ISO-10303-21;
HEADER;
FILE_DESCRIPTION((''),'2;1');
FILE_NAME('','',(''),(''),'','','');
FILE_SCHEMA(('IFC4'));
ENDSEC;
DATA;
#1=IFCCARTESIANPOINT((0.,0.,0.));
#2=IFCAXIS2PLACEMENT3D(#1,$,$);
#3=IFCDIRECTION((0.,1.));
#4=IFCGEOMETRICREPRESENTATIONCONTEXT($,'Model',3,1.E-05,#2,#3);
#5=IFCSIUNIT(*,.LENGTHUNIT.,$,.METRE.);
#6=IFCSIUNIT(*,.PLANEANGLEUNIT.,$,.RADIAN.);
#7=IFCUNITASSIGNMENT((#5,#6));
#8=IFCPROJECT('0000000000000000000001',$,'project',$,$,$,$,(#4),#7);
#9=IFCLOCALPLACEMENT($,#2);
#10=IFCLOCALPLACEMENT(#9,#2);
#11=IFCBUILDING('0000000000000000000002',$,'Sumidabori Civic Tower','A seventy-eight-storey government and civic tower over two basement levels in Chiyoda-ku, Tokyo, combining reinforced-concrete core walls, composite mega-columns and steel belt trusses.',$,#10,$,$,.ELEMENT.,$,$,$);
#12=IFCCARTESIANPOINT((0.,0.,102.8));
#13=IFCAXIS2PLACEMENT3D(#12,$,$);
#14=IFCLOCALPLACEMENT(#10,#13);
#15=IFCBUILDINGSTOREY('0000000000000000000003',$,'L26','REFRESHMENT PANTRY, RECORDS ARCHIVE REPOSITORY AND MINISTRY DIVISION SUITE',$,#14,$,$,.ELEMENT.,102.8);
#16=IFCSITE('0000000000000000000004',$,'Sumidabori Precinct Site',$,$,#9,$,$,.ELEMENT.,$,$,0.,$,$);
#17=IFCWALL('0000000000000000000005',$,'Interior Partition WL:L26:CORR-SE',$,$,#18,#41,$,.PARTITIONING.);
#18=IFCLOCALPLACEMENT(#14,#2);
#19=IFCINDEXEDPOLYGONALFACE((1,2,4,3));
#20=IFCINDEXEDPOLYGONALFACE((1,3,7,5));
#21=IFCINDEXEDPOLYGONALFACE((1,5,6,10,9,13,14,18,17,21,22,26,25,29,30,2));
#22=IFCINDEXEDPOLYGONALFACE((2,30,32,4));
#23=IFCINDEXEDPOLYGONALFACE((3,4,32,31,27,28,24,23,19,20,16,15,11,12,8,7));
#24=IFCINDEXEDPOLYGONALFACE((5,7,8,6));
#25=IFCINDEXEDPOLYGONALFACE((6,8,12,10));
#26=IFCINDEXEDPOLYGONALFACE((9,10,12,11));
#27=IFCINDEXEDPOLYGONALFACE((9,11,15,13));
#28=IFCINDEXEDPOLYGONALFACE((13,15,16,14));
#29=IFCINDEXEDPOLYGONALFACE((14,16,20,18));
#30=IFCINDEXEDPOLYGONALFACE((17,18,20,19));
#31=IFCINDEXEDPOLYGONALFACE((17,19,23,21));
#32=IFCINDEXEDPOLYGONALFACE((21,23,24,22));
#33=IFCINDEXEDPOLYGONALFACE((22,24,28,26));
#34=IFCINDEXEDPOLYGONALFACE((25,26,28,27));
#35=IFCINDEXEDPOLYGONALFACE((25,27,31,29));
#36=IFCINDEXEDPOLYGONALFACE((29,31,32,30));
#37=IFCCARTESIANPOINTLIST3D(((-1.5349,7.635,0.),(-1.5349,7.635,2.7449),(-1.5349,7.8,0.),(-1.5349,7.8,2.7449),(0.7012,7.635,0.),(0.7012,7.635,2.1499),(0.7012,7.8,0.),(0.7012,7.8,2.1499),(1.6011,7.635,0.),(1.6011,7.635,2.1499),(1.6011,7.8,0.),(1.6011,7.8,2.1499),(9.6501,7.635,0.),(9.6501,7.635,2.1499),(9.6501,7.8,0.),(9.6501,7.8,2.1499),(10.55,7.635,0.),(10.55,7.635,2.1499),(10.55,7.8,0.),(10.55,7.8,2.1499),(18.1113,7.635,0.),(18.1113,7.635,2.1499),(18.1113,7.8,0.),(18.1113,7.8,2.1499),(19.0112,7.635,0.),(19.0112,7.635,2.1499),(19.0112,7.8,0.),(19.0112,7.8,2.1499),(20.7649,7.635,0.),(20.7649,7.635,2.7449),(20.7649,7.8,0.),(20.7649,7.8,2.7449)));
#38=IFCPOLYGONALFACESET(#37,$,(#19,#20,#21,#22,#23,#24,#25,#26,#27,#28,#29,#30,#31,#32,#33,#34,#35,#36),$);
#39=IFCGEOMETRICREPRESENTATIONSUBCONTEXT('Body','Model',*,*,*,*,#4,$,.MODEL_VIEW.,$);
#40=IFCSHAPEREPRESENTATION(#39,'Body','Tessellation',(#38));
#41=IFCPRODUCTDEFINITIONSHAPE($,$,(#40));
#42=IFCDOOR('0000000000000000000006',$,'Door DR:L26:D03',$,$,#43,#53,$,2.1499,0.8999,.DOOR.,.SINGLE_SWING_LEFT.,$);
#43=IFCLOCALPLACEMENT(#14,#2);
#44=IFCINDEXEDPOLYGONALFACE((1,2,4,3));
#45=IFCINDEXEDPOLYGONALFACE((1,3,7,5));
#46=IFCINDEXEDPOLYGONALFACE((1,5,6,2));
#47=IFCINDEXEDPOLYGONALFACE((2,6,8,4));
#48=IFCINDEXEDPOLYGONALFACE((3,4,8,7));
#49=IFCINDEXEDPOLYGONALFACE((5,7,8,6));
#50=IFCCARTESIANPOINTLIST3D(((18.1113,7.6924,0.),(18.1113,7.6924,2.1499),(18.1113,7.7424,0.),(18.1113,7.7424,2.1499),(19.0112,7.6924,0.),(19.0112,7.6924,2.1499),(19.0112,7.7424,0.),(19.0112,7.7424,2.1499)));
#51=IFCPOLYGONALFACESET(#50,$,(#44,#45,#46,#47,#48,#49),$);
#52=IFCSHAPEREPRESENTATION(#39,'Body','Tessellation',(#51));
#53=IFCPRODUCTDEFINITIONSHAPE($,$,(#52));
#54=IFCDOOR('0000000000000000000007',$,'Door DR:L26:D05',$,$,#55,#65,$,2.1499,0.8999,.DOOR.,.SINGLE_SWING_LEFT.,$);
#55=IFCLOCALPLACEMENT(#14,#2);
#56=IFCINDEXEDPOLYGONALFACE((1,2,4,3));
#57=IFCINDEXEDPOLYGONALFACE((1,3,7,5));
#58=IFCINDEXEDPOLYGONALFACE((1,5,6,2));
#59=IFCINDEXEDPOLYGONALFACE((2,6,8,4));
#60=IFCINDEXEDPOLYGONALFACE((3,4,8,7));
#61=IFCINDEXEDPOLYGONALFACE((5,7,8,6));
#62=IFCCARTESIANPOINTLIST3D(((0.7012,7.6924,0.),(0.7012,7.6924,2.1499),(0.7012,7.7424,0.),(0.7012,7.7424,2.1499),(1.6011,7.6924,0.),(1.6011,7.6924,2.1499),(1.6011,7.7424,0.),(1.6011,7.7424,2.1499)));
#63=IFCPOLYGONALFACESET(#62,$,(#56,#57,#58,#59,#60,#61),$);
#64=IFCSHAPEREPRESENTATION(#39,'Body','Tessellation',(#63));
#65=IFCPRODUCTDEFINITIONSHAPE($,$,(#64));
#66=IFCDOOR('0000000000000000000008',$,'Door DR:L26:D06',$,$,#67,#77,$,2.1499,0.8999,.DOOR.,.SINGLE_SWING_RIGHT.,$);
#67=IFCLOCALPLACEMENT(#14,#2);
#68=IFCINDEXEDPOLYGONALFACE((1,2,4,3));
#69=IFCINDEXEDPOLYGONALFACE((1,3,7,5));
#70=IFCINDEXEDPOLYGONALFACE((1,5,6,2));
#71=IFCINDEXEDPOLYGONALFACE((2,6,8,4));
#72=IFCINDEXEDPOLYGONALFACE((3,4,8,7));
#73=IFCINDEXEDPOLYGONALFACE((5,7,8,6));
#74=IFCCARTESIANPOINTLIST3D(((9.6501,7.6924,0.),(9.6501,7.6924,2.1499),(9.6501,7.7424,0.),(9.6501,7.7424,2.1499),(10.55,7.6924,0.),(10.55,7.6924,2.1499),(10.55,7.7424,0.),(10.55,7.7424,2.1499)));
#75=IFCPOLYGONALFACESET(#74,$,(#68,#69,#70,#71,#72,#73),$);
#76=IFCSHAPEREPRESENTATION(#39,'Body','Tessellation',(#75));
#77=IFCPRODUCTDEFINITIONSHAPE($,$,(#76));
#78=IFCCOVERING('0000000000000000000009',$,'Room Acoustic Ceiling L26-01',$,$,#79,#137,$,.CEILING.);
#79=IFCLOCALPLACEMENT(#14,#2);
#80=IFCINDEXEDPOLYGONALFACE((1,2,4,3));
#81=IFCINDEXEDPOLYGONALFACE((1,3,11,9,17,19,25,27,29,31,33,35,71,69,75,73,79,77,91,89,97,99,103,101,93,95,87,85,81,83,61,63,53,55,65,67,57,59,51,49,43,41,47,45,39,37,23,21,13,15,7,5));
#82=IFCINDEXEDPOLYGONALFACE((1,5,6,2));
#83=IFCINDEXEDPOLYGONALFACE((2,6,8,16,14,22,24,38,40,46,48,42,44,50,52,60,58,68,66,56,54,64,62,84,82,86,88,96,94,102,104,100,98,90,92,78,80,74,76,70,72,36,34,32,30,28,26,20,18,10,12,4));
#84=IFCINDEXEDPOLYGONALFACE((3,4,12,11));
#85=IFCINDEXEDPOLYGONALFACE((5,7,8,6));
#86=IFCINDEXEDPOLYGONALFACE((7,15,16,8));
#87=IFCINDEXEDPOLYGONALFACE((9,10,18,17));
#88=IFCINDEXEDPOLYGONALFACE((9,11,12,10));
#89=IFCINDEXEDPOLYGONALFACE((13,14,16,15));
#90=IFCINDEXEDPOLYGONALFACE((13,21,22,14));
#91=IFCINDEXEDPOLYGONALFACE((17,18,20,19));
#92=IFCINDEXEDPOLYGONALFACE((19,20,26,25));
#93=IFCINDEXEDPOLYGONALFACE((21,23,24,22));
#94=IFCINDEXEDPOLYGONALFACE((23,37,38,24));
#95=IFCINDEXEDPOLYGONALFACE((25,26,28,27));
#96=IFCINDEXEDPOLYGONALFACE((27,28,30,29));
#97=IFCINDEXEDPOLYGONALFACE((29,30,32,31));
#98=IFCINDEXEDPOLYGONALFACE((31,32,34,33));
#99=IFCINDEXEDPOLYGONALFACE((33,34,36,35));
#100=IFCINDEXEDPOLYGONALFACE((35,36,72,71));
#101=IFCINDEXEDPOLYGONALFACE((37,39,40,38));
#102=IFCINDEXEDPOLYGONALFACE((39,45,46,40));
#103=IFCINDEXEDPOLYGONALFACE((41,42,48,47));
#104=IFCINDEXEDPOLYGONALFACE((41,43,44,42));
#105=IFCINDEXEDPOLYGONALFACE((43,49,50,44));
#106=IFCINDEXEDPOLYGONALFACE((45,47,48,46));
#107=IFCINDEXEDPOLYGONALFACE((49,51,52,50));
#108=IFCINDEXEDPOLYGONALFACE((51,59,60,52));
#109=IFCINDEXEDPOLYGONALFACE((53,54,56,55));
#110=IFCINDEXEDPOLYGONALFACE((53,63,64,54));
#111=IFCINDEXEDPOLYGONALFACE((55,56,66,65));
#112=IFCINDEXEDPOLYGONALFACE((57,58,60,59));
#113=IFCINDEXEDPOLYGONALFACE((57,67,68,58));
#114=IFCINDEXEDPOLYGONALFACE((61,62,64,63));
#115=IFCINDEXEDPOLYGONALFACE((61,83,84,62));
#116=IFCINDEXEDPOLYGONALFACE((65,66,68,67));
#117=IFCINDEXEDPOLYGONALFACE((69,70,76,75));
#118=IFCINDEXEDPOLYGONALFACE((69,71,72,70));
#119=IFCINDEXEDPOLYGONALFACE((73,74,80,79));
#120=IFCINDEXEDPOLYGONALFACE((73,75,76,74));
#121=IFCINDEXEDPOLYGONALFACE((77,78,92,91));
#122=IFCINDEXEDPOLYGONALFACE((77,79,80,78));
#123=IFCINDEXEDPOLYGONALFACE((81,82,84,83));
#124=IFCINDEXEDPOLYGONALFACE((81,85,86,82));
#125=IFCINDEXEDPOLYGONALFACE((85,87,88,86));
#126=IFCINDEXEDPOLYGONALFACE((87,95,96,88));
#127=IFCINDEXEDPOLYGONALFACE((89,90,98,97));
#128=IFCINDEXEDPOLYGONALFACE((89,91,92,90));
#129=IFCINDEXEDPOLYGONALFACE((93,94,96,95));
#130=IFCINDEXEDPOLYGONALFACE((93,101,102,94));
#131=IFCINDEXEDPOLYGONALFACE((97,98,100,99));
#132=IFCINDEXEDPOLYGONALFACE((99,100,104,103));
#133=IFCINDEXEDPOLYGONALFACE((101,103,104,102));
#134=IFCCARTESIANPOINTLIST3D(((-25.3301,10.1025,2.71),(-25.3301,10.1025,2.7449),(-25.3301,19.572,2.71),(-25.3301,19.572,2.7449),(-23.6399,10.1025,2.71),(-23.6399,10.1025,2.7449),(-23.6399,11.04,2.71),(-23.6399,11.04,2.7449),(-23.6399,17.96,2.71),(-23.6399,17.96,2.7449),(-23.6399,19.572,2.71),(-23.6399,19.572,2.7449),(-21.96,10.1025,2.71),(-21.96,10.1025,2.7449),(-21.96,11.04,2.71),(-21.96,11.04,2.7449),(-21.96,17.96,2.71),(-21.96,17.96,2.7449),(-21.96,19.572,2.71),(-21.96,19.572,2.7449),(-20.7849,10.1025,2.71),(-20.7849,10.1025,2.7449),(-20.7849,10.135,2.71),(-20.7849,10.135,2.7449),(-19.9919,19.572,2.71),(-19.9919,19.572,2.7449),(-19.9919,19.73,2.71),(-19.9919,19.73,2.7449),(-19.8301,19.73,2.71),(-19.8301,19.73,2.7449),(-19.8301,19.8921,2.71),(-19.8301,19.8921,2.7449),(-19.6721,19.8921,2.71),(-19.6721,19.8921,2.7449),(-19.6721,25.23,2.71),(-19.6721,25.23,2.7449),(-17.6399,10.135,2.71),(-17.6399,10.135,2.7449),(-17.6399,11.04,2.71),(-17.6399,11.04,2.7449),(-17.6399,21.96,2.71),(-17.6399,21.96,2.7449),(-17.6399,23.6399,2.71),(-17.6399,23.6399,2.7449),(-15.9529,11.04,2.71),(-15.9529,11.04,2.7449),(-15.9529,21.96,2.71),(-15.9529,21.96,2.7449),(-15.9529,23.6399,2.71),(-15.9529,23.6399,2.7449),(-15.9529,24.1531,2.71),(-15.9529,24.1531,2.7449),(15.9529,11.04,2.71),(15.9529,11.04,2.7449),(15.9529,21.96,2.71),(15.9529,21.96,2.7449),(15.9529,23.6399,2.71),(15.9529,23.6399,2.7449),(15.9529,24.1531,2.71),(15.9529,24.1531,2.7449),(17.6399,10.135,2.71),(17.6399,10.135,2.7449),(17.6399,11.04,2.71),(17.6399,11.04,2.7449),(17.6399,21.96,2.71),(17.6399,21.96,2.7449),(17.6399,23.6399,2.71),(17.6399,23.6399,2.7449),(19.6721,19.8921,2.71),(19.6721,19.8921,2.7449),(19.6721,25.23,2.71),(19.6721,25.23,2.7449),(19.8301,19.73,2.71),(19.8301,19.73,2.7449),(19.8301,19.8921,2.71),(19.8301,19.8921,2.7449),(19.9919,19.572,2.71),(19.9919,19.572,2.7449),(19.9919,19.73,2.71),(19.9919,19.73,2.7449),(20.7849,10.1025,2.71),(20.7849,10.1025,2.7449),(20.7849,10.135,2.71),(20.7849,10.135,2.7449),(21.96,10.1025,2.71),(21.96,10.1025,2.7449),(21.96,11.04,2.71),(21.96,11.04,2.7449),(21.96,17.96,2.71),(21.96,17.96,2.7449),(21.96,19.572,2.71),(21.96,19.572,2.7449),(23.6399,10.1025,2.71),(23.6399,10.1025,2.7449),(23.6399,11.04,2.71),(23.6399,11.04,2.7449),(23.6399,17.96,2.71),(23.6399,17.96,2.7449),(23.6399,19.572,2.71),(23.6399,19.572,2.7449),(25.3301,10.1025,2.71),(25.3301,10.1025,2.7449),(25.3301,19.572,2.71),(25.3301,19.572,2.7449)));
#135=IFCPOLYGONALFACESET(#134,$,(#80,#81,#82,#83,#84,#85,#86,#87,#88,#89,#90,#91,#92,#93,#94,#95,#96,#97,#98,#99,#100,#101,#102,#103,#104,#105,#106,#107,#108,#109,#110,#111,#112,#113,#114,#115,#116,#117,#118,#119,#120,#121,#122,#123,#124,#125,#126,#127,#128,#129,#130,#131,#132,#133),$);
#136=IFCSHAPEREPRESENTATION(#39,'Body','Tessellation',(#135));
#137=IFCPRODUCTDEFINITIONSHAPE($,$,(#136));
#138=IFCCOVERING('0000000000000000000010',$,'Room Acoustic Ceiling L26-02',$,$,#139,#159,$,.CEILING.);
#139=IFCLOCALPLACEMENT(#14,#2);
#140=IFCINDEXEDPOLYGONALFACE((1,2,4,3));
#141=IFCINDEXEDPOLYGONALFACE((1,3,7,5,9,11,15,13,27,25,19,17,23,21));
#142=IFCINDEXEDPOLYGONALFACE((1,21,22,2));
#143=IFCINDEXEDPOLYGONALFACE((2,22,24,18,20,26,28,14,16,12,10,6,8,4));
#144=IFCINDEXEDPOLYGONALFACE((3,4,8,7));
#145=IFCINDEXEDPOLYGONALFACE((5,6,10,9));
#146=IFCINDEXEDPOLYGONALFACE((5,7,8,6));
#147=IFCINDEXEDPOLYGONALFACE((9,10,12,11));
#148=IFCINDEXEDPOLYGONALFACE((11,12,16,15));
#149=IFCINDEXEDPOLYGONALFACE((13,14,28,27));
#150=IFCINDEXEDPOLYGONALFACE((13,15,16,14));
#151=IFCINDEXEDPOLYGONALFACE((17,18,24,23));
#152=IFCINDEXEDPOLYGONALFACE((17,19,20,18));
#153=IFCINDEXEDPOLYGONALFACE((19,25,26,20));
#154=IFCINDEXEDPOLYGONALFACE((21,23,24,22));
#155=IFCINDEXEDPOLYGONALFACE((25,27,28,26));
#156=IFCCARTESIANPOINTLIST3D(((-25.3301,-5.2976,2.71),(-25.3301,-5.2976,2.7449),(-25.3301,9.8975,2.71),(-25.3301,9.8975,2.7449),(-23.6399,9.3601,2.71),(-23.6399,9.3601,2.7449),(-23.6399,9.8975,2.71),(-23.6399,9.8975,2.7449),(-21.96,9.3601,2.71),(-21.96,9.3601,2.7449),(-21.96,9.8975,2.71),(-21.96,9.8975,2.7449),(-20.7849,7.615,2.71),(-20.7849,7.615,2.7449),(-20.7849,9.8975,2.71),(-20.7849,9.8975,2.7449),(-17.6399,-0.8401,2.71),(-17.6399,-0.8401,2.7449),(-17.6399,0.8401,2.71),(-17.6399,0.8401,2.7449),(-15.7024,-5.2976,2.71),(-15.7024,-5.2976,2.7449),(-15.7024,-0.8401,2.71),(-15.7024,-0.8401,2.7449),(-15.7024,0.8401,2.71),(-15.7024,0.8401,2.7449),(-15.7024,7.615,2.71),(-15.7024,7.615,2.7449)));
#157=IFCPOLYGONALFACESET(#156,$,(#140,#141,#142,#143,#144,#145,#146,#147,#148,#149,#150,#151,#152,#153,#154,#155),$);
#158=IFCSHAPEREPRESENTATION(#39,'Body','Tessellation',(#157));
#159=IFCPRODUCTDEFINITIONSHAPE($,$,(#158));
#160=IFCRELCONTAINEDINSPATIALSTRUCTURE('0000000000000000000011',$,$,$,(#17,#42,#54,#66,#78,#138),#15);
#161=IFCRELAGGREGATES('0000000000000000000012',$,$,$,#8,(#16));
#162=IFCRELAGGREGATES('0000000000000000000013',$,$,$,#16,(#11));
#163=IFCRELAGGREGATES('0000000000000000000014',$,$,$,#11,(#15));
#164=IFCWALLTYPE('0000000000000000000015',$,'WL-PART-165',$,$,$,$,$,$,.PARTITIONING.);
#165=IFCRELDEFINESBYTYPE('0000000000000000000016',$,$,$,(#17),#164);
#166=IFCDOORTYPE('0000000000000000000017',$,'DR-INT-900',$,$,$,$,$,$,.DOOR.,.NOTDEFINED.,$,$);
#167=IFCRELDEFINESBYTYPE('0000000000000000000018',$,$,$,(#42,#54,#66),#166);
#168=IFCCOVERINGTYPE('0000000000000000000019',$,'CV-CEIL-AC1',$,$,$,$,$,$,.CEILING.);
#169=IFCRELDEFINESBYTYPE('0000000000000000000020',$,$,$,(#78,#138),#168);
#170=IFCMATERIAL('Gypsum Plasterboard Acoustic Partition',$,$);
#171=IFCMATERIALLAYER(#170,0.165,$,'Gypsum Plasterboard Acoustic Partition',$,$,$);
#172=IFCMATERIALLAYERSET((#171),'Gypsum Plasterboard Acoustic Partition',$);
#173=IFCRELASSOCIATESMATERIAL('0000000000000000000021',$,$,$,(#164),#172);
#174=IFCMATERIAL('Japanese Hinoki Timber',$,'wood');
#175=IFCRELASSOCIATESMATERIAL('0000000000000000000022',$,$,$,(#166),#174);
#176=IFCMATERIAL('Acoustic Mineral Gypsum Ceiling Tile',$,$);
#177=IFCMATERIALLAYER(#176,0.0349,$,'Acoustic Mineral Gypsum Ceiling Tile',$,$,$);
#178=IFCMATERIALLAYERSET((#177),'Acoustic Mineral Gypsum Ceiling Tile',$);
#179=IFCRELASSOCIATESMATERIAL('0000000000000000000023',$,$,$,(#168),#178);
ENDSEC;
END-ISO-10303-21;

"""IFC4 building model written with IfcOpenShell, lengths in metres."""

from ifc_helpers import new_model, si_unit, direction, frame, frame_2d, origin, place, context, subcontext, project, spatial, polyline, rectangle, outline, extrude, source, transform, mapped, material, layer, layer_set, type_object, element, fill, save


model = new_model("IFC4")

# Units and contexts
model_context = context("Model", 3, precision=1e-05, world=origin(), true_north=direction((0.0, 1.0)))
body_context = subcontext(model_context, "Body", "Model", "MODEL_VIEW")
ifc_project = project(units=[si_unit("LENGTHUNIT", "METRE"), si_unit("PLANEANGLEUNIT", "RADIAN")], contexts=[model_context])

# Site, building, storey
site_placement = place(None, origin())
site = spatial("IfcSite", under=ifc_project, at=site_placement, Name="Sumidabori Precinct Site", CompositionType="ELEMENT", RefElevation=0.0)
building_placement = place(site_placement, origin())
building = spatial("IfcBuilding", under=site, at=building_placement, Name="Sumidabori Civic Tower", Description="A seventy-eight-storey government and civic tower over two basement levels in Chiyoda-ku, Tokyo, combining reinforced-concrete core walls, composite mega-columns and steel belt trusses.", CompositionType="ELEMENT")
storey_placement = place(building_placement, frame((0.0, 0.0, 102.8)))
storey = spatial("IfcBuildingStorey", under=building, at=storey_placement, Name="L26", Description="REFRESHMENT PANTRY, RECORDS ARCHIVE REPOSITORY AND MINISTRY DIVISION SUITE", CompositionType="ELEMENT", Elevation=102.8)

# Shared definitions
ifc_material_1 = material(Name="Japanese Hinoki Timber", Category="wood")

# Wall, openings, doors
ifc_material_2 = material(Name="Gypsum Plasterboard Acoustic Partition")
ifc_layer_1 = layer(ifc_material_2, 0.165, Name="Gypsum Plasterboard Acoustic Partition")
ifc_layer_set_1 = layer_set([ifc_layer_1], Name="Gypsum Plasterboard Acoustic Partition")
wall_type_1 = type_object("IfcWallType", Name="WL-PART-165", PredefinedType="PARTITIONING", material=ifc_layer_set_1)
shared_shape_1 = source(origin(), body_context, "Body", "SweptSolid", [
    extrude(rectangle(XDim=22.2998, YDim=0.165, at=frame_2d((11.1499, 0.0))), origin(), (0.0, 0.0, 1.0), 2.7449),
])
wall_1_placement = place(storey_placement, frame((-1.5349, 7.7175, 0.0), z_axis=(0.0, 0.0, 1.0), x_axis=(1.0, 0.0, 0.0)))
wall_1 = element("IfcWall", 1, at=wall_1_placement, inside=storey, type_object=wall_type_1, Name="Interior Partition WL:L26:CORR-SE", PredefinedType="PARTITIONING", context=body_context, shape_type="MappedRepresentation", body=[
    mapped(shared_shape_1, transform((0.0, 0.0, 0.0), x_axis=(1.0, 0.0, 0.0), y_axis=(0.0, 1.0, 0.0), z_axis=(0.0, 0.0, 1.0), scale=1.0)),
])
opening_1_placement = place(wall_1_placement, frame((19.6462, 0.0, 0.0)))
opening_1 = element("IfcOpeningElement", 2, at=opening_1_placement, cuts=wall_1, PredefinedType="OPENING", context=body_context, shape_type="SweptSolid", body=[
    extrude(rectangle(XDim=0.8999, YDim=2.1499, at=frame_2d((0.45, 1.075))), frame((0.0, 0.0945, 0.0), z_axis=(0.0, -1.0, 0.0), x_axis=(1.0, 0.0, 0.0)), (0.0, 0.0, 1.0), 0.189),
])
opening_2_placement = place(wall_1_placement, frame((2.2361, 0.0, 0.0)))
opening_2 = element("IfcOpeningElement", 3, at=opening_2_placement, cuts=wall_1, PredefinedType="OPENING", context=body_context, shape_type="SweptSolid", body=[
    extrude(rectangle(XDim=0.8999, YDim=2.1499, at=frame_2d((0.45, 1.075))), frame((0.0, 0.0945, 0.0), z_axis=(0.0, -1.0, 0.0), x_axis=(1.0, 0.0, 0.0)), (0.0, 0.0, 1.0), 0.189),
])
opening_3_placement = place(wall_1_placement, frame((11.1851, 0.0, 0.0)))
opening_3 = element("IfcOpeningElement", 4, at=opening_3_placement, cuts=wall_1, PredefinedType="OPENING", context=body_context, shape_type="SweptSolid", body=[
    extrude(rectangle(XDim=0.8999, YDim=2.1499, at=frame_2d((0.45, 1.075))), frame((0.0, 0.0945, 0.0), z_axis=(0.0, -1.0, 0.0), x_axis=(1.0, 0.0, 0.0)), (0.0, 0.0, 1.0), 0.189),
])
door_type_1 = type_object("IfcDoorType", Name="DR-INT-900", OperationType="NOTDEFINED", PredefinedType="DOOR", material=ifc_material_1)
shared_shape_2 = source(origin(), body_context, "Body", "SweptSolid", [
    extrude(rectangle(XDim=0.8999, YDim=2.1499, at=frame_2d((0.45, 1.075))), frame((0.0, 0.0249, 0.0), z_axis=(0.0, -1.0, 0.0), x_axis=(1.0, 0.0, 0.0)), (0.0, 0.0, 1.0), 0.05),
])
door_1_placement = place(opening_1_placement, origin())
door_1 = element("IfcDoor", 5, at=door_1_placement, inside=storey, type_object=door_type_1, Name="Door DR:L26:D03", OperationType="SINGLE_SWING_LEFT", OverallHeight=2.1499, OverallWidth=0.8999, PredefinedType="DOOR", context=body_context, shape_type="MappedRepresentation", body=[
    mapped(shared_shape_2, transform((0.0, 0.0, 0.0), x_axis=(1.0, 0.0, 0.0), y_axis=(0.0, 1.0, 0.0), z_axis=(0.0, 0.0, 1.0), scale=1.0)),
])
fill(opening_1, door_1)
door_2_placement = place(opening_2_placement, origin())
door_2 = element("IfcDoor", 6, at=door_2_placement, inside=storey, type_object=door_type_1, Name="Door DR:L26:D05", OperationType="SINGLE_SWING_LEFT", OverallHeight=2.1499, OverallWidth=0.8999, PredefinedType="DOOR", context=body_context, shape_type="MappedRepresentation", body=[
    mapped(shared_shape_2, transform((0.0, 0.0, 0.0), x_axis=(1.0, 0.0, 0.0), y_axis=(0.0, 1.0, 0.0), z_axis=(0.0, 0.0, 1.0), scale=1.0)),
])
fill(opening_2, door_2)
door_3_placement = place(opening_3_placement, origin())
door_3 = element("IfcDoor", 7, at=door_3_placement, inside=storey, type_object=door_type_1, Name="Door DR:L26:D06", OperationType="SINGLE_SWING_RIGHT", OverallHeight=2.1499, OverallWidth=0.8999, PredefinedType="DOOR", context=body_context, shape_type="MappedRepresentation", body=[
    mapped(shared_shape_2, transform((0.0, 0.0, 0.0), x_axis=(1.0, 0.0, 0.0), y_axis=(0.0, 1.0, 0.0), z_axis=(0.0, 0.0, 1.0), scale=1.0)),
])
fill(opening_3, door_3)

# Coverings
ifc_material_3 = material(Name="Acoustic Mineral Gypsum Ceiling Tile")
ifc_layer_2 = layer(ifc_material_3, 0.0349, Name="Acoustic Mineral Gypsum Ceiling Tile")
ifc_layer_set_2 = layer_set([ifc_layer_2], Name="Acoustic Mineral Gypsum Ceiling Tile")
covering_type_1 = type_object("IfcCoveringType", Name="CV-CEIL-AC1", PredefinedType="CEILING", material=ifc_layer_set_2)
covering_1_placement = place(storey_placement, frame((0.0, 0.0, 2.71)))
element("IfcCovering", 8, at=covering_1_placement, inside=storey, type_object=covering_type_1, Name="Room Acoustic Ceiling L26-01", PredefinedType="CEILING", context=body_context, shape_type="SweptSolid", body=[
    extrude(outline(polyline([(-21.96, 10.1025), (-21.96, 11.04), (-23.6399, 11.04), (-23.6399, 10.1025), (-25.3301, 10.1025), (-25.3301, 19.572), (-23.6399, 19.572), (-23.6399, 17.96), (-21.96, 17.96), (-21.96, 19.572), (-19.9919, 19.572), (-19.9919, 19.73), (-19.8301, 19.73), (-19.8301, 19.8921), (-19.6721, 19.8921), (-19.6721, 25.23), (19.6721, 25.23), (19.6721, 19.8921), (19.8301, 19.8921), (19.8301, 19.73), (19.9919, 19.73), (19.9919, 19.572), (21.96, 19.572), (21.96, 17.96), (23.6399, 17.96), (23.6399, 19.572), (25.3301, 19.572), (25.3301, 10.1025), (23.6399, 10.1025), (23.6399, 11.04), (21.96, 11.04), (21.96, 10.1025), (20.7849, 10.1025), (20.7849, 10.135), (17.6399, 10.135), (17.6399, 11.04), (15.9529, 11.04), (15.9529, 21.96), (17.6399, 21.96), (17.6399, 23.6399), (15.9529, 23.6399), (15.9529, 24.1531), (-15.9529, 24.1531), (-15.9529, 23.6399), (-17.6399, 23.6399), (-17.6399, 21.96), (-15.9529, 21.96), (-15.9529, 11.04), (-17.6399, 11.04), (-17.6399, 10.135), (-20.7849, 10.135), (-20.7849, 10.1025), (-21.96, 10.1025)])), origin(), (0.0, 0.0, 1.0), 0.0349),
])
covering_2_placement = place(storey_placement, frame((0.0, 0.0, 2.71)))
element("IfcCovering", 9, at=covering_2_placement, inside=storey, type_object=covering_type_1, Name="Room Acoustic Ceiling L26-02", PredefinedType="CEILING", context=body_context, shape_type="SweptSolid", body=[
    extrude(outline(polyline([(-20.7849, 7.615), (-15.7024, 7.615), (-15.7024, 0.8401), (-17.6399, 0.8401), (-17.6399, -0.8401), (-15.7024, -0.8401), (-15.7024, -5.2976), (-25.3301, -5.2976), (-25.3301, 9.8975), (-23.6399, 9.8975), (-23.6399, 9.3601), (-21.96, 9.3601), (-21.96, 9.8975), (-20.7849, 9.8975), (-20.7849, 7.615)])), origin(), (0.0, 0.0, 1.0), 0.0349),
])

save(model, "model.ifc")
